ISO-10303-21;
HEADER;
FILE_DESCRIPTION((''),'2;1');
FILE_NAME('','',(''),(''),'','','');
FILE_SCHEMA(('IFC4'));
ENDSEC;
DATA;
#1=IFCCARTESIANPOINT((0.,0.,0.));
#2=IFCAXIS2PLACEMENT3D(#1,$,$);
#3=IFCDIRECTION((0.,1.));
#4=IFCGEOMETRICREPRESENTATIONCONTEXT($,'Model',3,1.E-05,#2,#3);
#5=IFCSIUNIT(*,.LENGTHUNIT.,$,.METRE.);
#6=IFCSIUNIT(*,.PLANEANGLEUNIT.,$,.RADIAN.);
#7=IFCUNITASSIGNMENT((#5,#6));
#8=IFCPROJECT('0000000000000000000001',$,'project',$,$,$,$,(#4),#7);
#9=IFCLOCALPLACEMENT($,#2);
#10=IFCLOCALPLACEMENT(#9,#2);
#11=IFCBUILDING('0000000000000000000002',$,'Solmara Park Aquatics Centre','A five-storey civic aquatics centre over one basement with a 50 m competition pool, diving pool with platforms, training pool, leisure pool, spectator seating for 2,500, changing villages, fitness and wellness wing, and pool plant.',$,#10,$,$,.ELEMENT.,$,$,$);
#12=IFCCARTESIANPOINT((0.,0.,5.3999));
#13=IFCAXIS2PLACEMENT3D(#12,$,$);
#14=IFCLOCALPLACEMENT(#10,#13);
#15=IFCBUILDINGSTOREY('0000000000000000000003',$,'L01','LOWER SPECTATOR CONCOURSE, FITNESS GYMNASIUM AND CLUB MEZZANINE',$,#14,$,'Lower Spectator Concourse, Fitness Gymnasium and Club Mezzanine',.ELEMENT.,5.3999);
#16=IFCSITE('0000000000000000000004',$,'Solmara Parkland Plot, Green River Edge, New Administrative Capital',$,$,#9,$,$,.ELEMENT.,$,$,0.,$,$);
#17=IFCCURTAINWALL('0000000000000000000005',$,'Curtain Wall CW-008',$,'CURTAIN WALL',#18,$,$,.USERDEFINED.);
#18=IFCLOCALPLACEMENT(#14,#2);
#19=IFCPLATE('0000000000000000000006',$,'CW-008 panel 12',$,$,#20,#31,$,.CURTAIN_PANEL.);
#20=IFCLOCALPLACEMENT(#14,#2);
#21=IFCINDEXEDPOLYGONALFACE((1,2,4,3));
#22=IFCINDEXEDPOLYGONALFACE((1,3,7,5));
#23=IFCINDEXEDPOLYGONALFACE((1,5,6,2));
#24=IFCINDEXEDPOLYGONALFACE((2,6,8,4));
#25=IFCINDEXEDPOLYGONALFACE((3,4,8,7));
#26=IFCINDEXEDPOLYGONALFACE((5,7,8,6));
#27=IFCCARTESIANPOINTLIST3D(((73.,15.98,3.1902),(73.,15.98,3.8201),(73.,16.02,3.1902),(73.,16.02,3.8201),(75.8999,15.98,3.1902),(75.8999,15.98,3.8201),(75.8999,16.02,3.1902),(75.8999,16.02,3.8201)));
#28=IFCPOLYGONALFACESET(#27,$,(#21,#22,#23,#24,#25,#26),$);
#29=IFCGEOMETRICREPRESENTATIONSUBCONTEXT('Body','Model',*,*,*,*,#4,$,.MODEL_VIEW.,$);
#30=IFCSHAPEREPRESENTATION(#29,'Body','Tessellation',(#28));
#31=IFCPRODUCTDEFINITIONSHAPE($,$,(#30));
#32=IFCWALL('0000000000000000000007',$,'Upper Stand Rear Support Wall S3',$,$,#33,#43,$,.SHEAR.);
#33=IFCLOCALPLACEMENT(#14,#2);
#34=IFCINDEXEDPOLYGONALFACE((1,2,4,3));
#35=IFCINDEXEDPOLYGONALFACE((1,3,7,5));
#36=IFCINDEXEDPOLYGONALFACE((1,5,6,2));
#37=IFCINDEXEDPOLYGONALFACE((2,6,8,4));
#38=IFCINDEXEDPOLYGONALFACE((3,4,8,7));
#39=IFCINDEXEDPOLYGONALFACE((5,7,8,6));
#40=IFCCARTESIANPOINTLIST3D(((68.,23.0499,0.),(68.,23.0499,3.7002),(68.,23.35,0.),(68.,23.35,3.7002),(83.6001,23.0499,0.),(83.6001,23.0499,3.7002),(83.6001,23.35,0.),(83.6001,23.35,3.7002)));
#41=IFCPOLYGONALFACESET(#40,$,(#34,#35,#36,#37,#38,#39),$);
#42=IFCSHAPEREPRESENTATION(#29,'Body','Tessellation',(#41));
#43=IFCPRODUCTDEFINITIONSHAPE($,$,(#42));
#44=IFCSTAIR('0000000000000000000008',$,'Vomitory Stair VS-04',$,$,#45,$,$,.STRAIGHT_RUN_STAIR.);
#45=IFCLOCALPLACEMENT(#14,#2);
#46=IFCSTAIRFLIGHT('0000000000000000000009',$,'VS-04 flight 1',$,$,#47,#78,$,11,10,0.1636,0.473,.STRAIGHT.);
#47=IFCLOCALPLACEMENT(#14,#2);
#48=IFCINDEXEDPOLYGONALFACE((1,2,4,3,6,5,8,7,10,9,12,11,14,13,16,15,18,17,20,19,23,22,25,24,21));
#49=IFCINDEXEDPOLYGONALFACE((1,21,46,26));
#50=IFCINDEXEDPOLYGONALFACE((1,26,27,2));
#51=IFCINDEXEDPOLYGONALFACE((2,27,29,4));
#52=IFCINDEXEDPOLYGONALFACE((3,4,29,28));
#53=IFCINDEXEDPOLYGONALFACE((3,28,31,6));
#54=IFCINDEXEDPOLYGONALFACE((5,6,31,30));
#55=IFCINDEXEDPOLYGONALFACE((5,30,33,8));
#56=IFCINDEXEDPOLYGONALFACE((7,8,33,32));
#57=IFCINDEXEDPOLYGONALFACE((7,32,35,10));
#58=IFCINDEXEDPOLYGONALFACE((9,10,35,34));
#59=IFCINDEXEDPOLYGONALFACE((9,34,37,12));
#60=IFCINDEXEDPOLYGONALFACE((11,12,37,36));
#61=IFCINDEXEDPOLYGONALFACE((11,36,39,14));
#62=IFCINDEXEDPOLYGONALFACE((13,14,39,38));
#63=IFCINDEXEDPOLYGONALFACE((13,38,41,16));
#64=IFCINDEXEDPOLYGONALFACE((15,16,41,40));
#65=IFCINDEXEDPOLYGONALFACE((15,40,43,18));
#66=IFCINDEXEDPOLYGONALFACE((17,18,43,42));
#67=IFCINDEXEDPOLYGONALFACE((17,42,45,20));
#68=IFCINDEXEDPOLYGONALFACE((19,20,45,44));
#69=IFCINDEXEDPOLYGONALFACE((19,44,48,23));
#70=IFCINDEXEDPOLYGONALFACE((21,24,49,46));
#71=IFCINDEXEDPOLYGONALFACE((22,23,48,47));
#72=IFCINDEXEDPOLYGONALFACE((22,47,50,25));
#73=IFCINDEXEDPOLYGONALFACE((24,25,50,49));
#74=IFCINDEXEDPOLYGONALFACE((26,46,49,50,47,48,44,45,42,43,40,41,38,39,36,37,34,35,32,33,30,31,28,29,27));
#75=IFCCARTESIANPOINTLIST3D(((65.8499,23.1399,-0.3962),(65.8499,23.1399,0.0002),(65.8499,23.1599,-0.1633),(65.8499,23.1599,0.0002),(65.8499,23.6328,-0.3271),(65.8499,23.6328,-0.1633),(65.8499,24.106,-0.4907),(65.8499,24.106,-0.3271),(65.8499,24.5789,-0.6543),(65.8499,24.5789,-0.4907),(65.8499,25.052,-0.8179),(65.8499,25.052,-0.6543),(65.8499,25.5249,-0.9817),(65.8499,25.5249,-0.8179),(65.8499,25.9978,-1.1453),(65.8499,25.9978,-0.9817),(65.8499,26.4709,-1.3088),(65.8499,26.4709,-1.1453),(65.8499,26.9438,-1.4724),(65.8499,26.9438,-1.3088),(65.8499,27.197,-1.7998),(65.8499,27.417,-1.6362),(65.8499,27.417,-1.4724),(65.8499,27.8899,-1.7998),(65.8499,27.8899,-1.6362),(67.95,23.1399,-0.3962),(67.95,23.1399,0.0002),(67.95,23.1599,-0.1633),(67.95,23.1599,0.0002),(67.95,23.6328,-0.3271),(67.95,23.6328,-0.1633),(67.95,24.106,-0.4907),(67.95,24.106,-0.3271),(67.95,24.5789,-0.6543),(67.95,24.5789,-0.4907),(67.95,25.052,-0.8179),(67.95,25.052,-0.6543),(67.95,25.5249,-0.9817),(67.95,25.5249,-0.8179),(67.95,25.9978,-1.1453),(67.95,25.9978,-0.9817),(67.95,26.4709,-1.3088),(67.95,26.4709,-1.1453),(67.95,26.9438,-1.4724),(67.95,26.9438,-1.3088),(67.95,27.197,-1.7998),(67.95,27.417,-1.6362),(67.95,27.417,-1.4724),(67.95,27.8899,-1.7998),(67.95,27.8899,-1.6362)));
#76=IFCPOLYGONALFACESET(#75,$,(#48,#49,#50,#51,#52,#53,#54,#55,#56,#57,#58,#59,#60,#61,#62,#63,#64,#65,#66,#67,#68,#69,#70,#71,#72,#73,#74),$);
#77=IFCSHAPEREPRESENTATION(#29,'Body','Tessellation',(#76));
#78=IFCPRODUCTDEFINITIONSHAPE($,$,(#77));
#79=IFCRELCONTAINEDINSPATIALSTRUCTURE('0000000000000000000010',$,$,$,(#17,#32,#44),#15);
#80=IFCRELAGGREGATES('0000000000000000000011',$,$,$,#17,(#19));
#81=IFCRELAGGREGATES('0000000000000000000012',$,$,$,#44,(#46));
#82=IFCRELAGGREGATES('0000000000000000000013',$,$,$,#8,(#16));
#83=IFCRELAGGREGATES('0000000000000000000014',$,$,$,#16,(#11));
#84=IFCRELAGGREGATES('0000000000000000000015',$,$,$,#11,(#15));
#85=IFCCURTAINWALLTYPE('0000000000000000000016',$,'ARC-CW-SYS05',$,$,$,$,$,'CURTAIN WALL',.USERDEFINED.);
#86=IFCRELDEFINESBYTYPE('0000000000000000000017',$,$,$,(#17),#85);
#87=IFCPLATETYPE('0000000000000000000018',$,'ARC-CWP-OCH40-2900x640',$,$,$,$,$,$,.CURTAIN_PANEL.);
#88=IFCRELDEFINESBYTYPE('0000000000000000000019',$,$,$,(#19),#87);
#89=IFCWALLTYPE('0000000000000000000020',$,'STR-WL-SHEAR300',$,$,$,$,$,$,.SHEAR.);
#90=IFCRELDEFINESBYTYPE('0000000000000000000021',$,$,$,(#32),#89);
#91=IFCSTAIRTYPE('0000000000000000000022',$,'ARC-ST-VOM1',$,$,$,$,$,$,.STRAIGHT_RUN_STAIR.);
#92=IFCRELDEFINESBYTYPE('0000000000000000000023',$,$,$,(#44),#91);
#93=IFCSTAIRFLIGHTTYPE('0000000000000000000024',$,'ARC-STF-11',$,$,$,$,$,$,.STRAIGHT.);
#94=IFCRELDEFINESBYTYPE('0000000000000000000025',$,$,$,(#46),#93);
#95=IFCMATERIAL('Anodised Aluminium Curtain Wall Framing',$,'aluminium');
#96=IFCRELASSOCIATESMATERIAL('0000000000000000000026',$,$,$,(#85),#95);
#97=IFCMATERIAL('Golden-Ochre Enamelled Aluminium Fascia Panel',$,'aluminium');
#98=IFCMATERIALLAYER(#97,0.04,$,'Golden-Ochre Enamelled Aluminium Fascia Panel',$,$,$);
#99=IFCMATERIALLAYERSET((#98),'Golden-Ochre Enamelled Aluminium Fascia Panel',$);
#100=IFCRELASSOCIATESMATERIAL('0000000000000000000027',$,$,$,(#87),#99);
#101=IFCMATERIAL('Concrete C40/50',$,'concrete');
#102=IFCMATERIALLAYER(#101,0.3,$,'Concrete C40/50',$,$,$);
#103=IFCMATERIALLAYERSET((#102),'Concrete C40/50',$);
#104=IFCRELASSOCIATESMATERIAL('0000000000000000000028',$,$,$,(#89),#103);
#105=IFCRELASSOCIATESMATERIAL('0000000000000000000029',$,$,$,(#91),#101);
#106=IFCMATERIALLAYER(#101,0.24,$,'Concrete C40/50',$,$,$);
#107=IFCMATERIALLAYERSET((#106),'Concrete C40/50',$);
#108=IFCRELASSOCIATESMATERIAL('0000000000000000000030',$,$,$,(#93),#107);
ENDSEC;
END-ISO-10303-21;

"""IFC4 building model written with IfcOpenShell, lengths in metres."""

from ifc_helpers import new_model, si_unit, direction, frame, frame_2d, origin, origin_2d, place, context, subcontext, project, spatial, polyline, rectangle, outline, extrude, material, layer, layer_set, type_object, element, aggregate, save


model = new_model("IFC4")

# Units and contexts
model_context = context("Model", 3, precision=1e-05, world=origin(), true_north=direction((0.0, 1.0)))
body_context = subcontext(model_context, "Body", "Model", "MODEL_VIEW")
ifc_project = project(units=[si_unit("LENGTHUNIT", "METRE"), si_unit("PLANEANGLEUNIT", "RADIAN")], contexts=[model_context])

# Site, building, storey
site_placement = place(None, origin())
site = spatial("IfcSite", under=ifc_project, at=site_placement, Name="Solmara Parkland Plot, Green River Edge, New Administrative Capital", CompositionType="ELEMENT", RefElevation=0.0)
building_placement = place(site_placement, origin())
building = spatial("IfcBuilding", under=site, at=building_placement, Name="Solmara Park Aquatics Centre", Description="A five-storey civic aquatics centre over one basement with a 50 m competition pool, diving pool with platforms, training pool, leisure pool, spectator seating for 2,500, changing villages, fitness and wellness wing, and pool plant.", CompositionType="ELEMENT")
storey_placement = place(building_placement, frame((0.0, 0.0, 5.3999)))
storey = spatial("IfcBuildingStorey", under=building, at=storey_placement, Name="L01", Description="LOWER SPECTATOR CONCOURSE, FITNESS GYMNASIUM AND CLUB MEZZANINE", LongName="Lower Spectator Concourse, Fitness Gymnasium and Club Mezzanine", CompositionType="ELEMENT", Elevation=5.3999)

# Curtain wall
ifc_material_1 = material(Name="Anodised Aluminium Curtain Wall Framing", Category="aluminium")
curtain_wall_type = type_object("IfcCurtainWallType", Name="ARC-CW-SYS05", ElementType="CURTAIN WALL", PredefinedType="USERDEFINED", material=ifc_material_1)
curtain_wall_placement = place(storey_placement, origin())
curtain_wall = element("IfcCurtainWall", 1, at=curtain_wall_placement, inside=storey, type_object=curtain_wall_type, Name="Curtain Wall CW-008", ObjectType="CURTAIN WALL", PredefinedType="USERDEFINED")

# Shared definitions
ifc_material_2 = material(Name="Concrete C40/50", Category="concrete")

# Plate
ifc_material_3 = material(Name="Golden-Ochre Enamelled Aluminium Fascia Panel", Category="aluminium")
ifc_layer_1 = layer(ifc_material_3, 0.04, Name="Golden-Ochre Enamelled Aluminium Fascia Panel")
ifc_layer_set_1 = layer_set([ifc_layer_1], Name="Golden-Ochre Enamelled Aluminium Fascia Panel")
plate_type_1 = type_object("IfcPlateType", Name="ARC-CWP-OCH40-2900x640", PredefinedType="CURTAIN_PANEL", material=ifc_layer_set_1)
plate_1_placement = place(storey_placement, frame((74.45, 16.0, 3.1902), z_axis=(0.0, 0.0, 1.0), x_axis=(1.0, 0.0, 0.0)))
plate_1 = element("IfcPlate", 2, at=plate_1_placement, type_object=plate_type_1, Name="CW-008 panel 12", PredefinedType="CURTAIN_PANEL", context=body_context, shape_type="SweptSolid", body=[
    extrude(rectangle(XDim=2.8999, YDim=0.04, at=origin_2d()), origin(), (0.0, 0.0, 1.0), 0.6299),
])
aggregate(curtain_wall, [plate_1])

# Wall
ifc_layer_2 = layer(ifc_material_2, 0.3, Name="Concrete C40/50")
ifc_layer_set_2 = layer_set([ifc_layer_2], Name="Concrete C40/50")
wall_type = type_object("IfcWallType", Name="STR-WL-SHEAR300", PredefinedType="SHEAR", material=ifc_layer_set_2)
wall_placement = place(storey_placement, frame((68.0, 23.2, 0.0), z_axis=(0.0, 0.0, 1.0), x_axis=(1.0, 0.0, 0.0)))
element("IfcWall", 3, at=wall_placement, inside=storey, type_object=wall_type, Name="Upper Stand Rear Support Wall S3", PredefinedType="SHEAR", context=body_context, shape_type="SweptSolid", body=[
    extrude(rectangle(XDim=15.6001, YDim=0.3, at=frame_2d((7.8, 0.0))), origin(), (0.0, 0.0, 1.0), 3.7002),
])

# Stair, stair flight
stair_type = type_object("IfcStairType", Name="ARC-ST-VOM1", PredefinedType="STRAIGHT_RUN_STAIR", material=ifc_material_2)
stair_placement = place(storey_placement, origin())
stair = element("IfcStair", 4, at=stair_placement, inside=storey, type_object=stair_type, Name="Vomitory Stair VS-04", PredefinedType="STRAIGHT_RUN_STAIR")
ifc_layer_3 = layer(ifc_material_2, 0.24, Name="Concrete C40/50")
ifc_layer_set_3 = layer_set([ifc_layer_3], Name="Concrete C40/50")
stair_flight_type = type_object("IfcStairFlightType", Name="ARC-STF-11", PredefinedType="STRAIGHT", material=ifc_layer_set_3)
stair_flight_placement = place(storey_placement, frame((66.8999, 27.8899, -1.7998), z_axis=(0.0, 0.0, 1.0), x_axis=(0.0, -1.0, 0.0)))
stair_flight = element("IfcStairFlight", 5, at=stair_flight_placement, type_object=stair_flight_type, Name="VS-04 flight 1", NumberOfRisers=11, NumberOfTreads=10, PredefinedType="STRAIGHT", RiserHeight=0.1636, TreadLength=0.473, context=body_context, shape_type="SweptSolid", body=[
    extrude(outline(polyline([(0.0, 0.0), (0.0, 0.1636), (0.4729, 0.1636), (0.4729, 0.3274), (0.946, 0.3274), (0.946, 0.491), (1.4189, 0.491), (1.4189, 0.6545), (1.8921, 0.6545), (1.8921, 0.8181), (2.365, 0.8181), (2.365, 0.9819), (2.8379, 0.9819), (2.8379, 1.1455), (3.311, 1.1455), (3.311, 1.3091), (3.7839, 1.3091), (3.7839, 1.4727), (4.2571, 1.4727), (4.2571, 1.6365), (4.73, 1.6365), (4.73, 1.8), (4.75, 1.8), (4.75, 1.4036), (0.6929, 0.0), (0.0, 0.0)])), frame((0.0, 1.05, 0.0), z_axis=(0.0, -1.0, 0.0), x_axis=(1.0, 0.0, 0.0)), (0.0, 0.0, 1.0), 2.1001),
])
aggregate(stair, [stair_flight])

save(model, "model.ifc")
